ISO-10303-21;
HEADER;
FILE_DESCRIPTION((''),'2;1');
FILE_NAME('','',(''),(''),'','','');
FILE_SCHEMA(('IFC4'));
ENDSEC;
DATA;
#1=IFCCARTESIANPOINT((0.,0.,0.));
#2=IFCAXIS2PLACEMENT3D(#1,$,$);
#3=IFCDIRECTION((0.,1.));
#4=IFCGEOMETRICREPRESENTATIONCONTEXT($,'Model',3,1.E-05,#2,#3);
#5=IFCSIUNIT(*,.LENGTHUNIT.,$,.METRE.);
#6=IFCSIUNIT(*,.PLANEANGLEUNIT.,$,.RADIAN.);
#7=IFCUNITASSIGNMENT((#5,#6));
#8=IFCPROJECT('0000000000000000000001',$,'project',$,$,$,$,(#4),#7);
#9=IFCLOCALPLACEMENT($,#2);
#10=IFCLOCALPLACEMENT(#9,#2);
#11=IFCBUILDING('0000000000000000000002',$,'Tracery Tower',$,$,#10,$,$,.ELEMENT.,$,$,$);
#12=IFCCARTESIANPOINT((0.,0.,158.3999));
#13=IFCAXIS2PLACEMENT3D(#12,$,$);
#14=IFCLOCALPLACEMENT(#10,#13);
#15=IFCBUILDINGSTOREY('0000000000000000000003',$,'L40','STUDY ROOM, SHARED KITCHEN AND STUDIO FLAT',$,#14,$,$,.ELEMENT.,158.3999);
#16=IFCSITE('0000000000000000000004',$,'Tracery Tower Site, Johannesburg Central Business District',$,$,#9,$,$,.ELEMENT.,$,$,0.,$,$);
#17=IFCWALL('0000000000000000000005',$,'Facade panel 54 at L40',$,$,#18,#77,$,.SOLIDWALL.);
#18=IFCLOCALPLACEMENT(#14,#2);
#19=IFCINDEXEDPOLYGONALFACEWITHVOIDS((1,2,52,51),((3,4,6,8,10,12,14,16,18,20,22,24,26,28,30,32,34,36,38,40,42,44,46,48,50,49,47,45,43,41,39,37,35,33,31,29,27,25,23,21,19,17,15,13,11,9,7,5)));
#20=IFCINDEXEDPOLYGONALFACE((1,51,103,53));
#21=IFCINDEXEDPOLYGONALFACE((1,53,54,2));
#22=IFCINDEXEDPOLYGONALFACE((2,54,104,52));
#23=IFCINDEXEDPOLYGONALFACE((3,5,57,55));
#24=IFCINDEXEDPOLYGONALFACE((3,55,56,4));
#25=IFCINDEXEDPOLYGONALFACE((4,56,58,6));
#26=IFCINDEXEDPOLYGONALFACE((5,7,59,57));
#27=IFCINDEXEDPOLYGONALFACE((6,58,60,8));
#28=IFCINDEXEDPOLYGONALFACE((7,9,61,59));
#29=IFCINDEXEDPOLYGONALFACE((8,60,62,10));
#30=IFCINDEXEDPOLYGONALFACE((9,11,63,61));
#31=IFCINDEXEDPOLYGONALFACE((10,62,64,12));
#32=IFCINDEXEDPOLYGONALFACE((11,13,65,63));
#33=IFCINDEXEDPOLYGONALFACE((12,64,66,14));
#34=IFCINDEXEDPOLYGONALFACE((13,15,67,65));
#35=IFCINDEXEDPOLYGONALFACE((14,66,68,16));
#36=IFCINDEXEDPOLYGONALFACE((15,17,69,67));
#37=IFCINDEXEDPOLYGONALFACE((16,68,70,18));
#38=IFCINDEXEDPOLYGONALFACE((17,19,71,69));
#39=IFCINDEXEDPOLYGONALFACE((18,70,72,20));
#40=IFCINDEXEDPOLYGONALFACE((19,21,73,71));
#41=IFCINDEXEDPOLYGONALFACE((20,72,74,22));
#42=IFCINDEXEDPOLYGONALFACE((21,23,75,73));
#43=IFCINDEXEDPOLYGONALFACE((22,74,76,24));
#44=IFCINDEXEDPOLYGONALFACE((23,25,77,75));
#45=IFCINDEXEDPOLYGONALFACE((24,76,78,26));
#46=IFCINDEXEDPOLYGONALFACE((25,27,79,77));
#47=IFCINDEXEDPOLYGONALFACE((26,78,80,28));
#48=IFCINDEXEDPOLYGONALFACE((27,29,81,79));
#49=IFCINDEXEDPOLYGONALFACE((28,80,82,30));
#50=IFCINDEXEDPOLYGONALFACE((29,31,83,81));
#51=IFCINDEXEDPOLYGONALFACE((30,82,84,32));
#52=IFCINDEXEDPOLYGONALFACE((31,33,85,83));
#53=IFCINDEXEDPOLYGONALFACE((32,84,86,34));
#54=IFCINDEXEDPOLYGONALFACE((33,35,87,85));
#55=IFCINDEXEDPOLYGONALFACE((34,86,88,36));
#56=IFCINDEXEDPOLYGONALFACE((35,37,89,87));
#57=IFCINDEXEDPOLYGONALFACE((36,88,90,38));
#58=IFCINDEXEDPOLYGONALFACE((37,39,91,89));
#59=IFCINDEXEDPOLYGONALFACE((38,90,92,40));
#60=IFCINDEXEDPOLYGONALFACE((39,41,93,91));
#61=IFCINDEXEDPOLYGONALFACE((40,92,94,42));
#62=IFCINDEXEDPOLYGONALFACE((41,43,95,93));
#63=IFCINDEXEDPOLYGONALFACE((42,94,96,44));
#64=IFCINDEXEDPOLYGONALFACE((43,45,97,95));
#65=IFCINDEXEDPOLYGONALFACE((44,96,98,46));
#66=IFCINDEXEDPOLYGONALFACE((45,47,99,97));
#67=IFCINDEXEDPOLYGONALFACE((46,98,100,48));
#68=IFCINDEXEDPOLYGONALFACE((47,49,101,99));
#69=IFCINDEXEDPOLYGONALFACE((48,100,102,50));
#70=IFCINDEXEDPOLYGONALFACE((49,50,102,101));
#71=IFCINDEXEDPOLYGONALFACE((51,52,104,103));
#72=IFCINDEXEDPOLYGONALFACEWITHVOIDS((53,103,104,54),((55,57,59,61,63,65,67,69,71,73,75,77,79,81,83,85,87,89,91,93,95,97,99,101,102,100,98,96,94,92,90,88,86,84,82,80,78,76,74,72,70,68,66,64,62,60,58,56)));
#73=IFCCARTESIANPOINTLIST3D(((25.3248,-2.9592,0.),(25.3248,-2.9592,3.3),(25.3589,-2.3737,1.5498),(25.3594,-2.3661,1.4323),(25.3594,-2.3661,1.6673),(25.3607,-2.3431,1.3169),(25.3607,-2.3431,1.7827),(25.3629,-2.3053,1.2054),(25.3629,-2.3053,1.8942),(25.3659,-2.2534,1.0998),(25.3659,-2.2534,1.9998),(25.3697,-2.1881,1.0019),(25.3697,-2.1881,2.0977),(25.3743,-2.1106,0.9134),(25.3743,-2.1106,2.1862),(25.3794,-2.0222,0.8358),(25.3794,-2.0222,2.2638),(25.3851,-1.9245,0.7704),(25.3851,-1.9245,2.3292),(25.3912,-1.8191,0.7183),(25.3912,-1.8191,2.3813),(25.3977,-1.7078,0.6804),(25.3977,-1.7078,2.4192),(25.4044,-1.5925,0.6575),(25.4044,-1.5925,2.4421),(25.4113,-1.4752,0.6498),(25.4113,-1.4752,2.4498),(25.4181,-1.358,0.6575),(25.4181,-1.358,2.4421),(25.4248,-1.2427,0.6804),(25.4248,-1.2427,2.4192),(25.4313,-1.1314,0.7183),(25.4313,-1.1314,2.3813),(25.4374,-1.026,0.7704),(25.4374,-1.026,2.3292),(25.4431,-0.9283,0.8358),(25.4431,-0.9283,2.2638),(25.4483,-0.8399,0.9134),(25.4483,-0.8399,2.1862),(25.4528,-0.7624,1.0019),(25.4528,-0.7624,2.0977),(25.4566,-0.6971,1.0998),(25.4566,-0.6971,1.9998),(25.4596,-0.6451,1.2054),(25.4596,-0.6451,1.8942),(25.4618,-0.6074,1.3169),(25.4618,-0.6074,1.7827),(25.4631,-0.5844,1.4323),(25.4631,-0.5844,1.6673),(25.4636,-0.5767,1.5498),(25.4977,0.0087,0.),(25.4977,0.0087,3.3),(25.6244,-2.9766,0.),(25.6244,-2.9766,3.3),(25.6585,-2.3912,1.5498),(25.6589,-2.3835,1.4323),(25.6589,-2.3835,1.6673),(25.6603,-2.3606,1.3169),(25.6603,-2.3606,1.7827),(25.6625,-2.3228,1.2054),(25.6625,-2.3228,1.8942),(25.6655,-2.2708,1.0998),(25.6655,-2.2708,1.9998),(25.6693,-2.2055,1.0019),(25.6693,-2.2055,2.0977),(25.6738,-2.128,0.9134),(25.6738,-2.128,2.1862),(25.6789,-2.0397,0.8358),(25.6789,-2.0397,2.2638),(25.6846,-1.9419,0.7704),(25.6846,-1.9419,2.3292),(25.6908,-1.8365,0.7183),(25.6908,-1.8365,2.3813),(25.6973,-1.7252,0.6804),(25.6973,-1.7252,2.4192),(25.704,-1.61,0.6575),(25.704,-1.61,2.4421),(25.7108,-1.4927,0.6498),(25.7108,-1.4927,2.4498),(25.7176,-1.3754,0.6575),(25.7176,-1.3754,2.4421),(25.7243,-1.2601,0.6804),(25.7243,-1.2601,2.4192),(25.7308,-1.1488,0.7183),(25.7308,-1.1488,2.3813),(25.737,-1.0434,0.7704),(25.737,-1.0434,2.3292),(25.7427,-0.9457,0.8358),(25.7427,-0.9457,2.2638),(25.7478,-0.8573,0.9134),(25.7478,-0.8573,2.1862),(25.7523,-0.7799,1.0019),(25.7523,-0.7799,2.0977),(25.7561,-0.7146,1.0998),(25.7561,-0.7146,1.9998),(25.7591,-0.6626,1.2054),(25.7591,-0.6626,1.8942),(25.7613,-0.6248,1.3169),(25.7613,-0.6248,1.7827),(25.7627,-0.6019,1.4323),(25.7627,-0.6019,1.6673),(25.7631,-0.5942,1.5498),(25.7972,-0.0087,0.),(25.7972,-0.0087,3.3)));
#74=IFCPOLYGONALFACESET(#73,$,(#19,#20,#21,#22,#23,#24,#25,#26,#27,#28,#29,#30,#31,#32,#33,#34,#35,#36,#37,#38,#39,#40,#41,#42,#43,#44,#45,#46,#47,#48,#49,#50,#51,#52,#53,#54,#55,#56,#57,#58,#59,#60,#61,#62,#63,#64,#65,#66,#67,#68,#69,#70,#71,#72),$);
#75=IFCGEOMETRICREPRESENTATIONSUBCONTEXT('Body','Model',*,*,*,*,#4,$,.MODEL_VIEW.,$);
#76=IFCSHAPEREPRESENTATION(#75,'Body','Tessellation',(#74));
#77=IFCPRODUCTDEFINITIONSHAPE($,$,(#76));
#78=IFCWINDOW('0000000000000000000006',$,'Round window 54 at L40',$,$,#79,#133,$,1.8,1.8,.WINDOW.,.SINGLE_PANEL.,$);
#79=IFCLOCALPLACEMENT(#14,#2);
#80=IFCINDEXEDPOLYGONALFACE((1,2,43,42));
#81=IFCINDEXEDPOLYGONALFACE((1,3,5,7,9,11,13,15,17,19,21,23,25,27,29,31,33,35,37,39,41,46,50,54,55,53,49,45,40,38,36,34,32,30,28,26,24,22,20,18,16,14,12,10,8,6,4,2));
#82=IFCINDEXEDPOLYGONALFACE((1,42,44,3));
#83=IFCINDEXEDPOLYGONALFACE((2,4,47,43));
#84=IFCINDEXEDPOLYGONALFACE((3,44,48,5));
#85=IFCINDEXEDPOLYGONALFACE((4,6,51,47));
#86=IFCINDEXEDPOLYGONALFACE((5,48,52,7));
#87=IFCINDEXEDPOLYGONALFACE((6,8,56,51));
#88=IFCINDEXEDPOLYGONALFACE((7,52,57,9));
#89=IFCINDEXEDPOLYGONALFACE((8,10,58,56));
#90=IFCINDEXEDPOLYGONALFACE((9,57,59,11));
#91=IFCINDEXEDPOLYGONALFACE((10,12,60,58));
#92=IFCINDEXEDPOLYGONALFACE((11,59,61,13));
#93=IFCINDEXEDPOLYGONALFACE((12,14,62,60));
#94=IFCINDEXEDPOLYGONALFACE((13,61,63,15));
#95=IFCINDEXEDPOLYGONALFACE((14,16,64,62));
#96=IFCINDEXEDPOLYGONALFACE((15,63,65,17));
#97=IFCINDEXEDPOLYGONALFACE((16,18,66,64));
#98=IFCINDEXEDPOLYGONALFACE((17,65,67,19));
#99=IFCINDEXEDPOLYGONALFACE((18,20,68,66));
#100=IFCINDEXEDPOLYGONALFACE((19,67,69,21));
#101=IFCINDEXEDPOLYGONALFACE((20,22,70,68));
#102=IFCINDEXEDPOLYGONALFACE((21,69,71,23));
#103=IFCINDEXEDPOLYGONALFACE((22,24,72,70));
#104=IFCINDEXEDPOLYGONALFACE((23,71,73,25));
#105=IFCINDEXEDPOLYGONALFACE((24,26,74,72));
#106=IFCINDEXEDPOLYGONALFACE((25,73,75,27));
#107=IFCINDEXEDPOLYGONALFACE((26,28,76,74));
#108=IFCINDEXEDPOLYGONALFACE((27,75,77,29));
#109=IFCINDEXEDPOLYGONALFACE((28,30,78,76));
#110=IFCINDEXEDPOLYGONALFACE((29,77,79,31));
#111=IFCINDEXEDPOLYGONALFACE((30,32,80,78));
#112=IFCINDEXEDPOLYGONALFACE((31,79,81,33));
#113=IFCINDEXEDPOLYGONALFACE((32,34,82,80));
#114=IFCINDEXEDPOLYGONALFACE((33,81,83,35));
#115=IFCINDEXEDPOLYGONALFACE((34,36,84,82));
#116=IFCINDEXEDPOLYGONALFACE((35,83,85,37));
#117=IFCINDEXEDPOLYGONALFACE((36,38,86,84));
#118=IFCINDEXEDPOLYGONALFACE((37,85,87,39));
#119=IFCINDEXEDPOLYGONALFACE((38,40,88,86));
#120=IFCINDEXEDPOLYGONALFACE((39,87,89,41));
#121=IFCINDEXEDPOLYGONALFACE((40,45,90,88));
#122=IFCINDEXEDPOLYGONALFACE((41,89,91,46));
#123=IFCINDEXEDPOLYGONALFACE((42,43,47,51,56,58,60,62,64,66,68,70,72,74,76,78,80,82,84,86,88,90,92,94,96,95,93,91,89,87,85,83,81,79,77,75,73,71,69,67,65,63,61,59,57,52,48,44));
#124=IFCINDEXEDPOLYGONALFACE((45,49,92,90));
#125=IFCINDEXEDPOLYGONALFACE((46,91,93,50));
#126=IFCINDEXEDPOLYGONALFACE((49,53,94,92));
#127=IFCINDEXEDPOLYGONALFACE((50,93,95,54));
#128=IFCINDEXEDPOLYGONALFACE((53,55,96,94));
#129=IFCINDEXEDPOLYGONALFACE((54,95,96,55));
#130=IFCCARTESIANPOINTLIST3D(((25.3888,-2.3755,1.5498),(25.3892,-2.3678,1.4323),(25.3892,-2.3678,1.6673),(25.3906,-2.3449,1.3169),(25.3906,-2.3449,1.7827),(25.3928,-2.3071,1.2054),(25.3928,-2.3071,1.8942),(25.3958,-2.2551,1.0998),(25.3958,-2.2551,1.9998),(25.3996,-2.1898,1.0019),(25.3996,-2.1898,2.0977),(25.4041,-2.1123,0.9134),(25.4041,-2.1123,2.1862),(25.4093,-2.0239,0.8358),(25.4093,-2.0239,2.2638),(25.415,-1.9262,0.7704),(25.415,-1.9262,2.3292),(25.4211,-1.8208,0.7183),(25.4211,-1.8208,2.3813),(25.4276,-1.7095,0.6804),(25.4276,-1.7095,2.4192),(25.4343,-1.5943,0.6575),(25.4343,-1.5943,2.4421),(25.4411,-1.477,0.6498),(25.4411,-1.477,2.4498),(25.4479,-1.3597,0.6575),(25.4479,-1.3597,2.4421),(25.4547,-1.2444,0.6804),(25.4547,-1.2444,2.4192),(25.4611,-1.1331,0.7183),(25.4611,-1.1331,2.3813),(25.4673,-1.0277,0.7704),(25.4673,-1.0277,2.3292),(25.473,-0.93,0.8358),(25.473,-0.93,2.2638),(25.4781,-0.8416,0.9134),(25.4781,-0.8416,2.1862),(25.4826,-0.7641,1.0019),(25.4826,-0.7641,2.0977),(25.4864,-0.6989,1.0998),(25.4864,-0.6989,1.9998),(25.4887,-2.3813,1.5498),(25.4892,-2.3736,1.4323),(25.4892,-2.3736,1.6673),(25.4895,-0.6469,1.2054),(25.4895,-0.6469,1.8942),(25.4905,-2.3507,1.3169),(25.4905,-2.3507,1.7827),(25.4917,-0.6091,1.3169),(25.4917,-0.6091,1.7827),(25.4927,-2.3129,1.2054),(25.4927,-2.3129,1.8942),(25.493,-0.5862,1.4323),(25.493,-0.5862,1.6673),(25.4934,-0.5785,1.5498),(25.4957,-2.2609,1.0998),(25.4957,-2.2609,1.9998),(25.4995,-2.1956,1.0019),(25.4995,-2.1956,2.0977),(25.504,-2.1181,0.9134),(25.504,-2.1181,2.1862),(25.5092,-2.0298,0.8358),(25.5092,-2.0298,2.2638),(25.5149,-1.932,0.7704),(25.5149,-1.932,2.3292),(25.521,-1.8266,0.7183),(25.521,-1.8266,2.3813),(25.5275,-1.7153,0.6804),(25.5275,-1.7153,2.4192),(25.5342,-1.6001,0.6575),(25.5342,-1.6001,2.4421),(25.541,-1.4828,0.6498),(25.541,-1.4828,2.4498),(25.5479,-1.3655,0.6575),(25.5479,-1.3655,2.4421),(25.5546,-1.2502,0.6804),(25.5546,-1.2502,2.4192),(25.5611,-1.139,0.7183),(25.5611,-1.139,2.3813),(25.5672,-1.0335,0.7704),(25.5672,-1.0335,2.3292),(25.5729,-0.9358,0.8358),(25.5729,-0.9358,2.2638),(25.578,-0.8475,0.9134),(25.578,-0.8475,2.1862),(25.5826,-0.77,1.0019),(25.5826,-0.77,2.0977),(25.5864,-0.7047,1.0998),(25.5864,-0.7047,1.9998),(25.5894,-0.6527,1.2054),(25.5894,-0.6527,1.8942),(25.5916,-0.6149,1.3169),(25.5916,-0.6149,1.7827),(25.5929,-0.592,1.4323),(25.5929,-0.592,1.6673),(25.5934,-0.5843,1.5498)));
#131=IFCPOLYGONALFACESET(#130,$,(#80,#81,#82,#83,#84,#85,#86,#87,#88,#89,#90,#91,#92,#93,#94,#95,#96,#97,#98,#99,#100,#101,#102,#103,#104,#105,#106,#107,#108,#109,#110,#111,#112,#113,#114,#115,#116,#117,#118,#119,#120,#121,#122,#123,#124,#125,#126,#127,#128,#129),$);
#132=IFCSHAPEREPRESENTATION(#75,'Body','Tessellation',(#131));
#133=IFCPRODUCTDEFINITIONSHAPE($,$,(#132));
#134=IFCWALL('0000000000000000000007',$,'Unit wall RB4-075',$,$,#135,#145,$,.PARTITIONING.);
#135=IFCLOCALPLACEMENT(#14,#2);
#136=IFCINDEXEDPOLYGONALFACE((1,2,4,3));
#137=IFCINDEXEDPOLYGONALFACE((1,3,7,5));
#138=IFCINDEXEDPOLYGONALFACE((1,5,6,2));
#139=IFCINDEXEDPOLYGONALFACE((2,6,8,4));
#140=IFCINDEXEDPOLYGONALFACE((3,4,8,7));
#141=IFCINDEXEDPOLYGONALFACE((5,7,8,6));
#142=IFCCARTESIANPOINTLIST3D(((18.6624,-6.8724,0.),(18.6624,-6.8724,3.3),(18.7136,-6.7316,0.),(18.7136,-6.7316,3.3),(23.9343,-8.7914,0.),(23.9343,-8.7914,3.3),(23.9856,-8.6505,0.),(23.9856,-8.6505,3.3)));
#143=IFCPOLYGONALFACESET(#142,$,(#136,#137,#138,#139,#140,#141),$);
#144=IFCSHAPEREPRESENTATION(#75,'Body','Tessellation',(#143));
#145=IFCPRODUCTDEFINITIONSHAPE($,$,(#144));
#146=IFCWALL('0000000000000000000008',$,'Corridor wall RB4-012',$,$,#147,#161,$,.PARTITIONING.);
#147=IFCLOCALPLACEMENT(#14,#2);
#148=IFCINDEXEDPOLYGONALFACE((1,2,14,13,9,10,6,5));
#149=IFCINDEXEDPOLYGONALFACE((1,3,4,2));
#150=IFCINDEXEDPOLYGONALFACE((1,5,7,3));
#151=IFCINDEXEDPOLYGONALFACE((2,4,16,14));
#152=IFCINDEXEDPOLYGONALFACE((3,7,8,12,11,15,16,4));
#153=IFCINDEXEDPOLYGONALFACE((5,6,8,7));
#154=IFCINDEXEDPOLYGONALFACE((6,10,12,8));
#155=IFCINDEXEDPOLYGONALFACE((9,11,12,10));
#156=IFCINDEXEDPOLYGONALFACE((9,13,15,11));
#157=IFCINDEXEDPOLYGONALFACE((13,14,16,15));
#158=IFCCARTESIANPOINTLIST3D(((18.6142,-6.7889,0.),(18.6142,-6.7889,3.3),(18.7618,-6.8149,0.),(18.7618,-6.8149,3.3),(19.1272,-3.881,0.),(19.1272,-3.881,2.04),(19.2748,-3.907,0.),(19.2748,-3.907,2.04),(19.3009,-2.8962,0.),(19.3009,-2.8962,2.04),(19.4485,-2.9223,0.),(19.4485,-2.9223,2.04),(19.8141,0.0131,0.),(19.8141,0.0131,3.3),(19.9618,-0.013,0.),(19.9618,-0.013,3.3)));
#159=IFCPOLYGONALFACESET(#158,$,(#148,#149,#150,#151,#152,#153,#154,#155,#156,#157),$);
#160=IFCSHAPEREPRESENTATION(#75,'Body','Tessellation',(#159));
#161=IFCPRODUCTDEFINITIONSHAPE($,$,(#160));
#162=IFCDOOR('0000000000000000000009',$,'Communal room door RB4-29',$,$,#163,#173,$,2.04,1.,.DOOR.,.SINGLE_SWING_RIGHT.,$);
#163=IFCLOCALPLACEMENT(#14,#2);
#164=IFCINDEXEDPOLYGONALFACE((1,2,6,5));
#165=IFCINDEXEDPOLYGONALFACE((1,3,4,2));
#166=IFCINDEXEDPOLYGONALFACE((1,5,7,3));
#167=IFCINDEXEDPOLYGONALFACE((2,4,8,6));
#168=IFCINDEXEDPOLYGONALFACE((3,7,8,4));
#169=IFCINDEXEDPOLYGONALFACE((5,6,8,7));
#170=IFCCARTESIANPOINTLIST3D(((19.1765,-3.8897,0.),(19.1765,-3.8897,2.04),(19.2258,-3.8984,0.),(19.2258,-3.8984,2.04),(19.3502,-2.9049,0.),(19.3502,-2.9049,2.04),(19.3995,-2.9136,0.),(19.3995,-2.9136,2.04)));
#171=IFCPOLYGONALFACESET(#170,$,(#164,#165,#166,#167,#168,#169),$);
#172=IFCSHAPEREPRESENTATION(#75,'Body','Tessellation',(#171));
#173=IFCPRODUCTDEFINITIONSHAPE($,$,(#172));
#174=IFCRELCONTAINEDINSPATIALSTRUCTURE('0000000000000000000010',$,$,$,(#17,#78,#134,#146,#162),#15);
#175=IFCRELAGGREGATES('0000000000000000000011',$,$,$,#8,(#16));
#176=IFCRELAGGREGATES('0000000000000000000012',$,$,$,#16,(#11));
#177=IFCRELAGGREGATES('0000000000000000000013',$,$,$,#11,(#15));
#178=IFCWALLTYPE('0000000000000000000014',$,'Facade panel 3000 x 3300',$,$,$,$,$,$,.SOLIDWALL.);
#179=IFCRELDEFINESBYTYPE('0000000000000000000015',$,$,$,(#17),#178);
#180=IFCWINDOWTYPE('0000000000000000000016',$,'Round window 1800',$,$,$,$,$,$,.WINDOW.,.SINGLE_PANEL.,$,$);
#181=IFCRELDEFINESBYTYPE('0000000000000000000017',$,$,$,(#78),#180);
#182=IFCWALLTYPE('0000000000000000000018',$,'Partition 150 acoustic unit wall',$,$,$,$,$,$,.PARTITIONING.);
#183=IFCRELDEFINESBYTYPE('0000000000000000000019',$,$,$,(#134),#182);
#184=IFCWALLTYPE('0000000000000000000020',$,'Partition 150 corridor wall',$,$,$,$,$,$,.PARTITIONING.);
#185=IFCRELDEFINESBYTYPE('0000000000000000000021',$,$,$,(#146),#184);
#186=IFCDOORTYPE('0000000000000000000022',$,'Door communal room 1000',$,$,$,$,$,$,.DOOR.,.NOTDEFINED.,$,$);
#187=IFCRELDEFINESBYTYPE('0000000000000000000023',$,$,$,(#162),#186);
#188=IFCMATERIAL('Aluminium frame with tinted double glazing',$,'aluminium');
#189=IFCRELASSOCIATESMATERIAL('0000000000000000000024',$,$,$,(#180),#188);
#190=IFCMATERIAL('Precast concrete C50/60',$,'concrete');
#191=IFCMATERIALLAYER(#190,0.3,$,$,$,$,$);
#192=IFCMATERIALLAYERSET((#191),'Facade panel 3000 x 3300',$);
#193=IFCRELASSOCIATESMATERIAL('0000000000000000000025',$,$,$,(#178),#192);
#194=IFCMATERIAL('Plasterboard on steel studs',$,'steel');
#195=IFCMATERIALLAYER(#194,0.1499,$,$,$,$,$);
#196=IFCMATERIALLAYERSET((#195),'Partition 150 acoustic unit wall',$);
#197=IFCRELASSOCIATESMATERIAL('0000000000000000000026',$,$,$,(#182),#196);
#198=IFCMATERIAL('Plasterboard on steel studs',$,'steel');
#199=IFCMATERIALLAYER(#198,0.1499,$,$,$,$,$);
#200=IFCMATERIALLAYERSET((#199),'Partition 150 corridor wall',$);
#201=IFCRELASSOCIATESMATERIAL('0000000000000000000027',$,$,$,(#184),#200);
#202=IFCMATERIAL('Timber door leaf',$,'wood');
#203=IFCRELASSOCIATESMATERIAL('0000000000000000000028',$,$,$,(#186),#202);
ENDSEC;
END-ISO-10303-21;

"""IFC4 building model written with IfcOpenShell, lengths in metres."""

from ifc_helpers import new_model, si_unit, direction, frame, frame_2d, origin, origin_2d, place, context, subcontext, project, spatial, rectangle, circle, extrude, material, layer, layer_set, type_object, element, fill, save


model = new_model("IFC4")

# Units and contexts
model_context = context("Model", 3, precision=1e-05, world=origin(), true_north=direction((0.0, 1.0)))
body_context = subcontext(model_context, "Body", "Model", "MODEL_VIEW")
ifc_project = project(units=[si_unit("LENGTHUNIT", "METRE"), si_unit("PLANEANGLEUNIT", "RADIAN")], contexts=[model_context])

# Site, building, storey
site_placement = place(None, origin())
site = spatial("IfcSite", under=ifc_project, at=site_placement, Name="Tracery Tower Site, Johannesburg Central Business District", CompositionType="ELEMENT", RefElevation=0.0)
building_placement = place(site_placement, origin())
building = spatial("IfcBuilding", under=site, at=building_placement, Name="Tracery Tower", CompositionType="ELEMENT")
storey_placement = place(building_placement, frame((0.0, 0.0, 158.3999)))
storey = spatial("IfcBuildingStorey", under=building, at=storey_placement, Name="L40", Description="STUDY ROOM, SHARED KITCHEN AND STUDIO FLAT", CompositionType="ELEMENT", Elevation=158.3999)

# Wall, opening, window
ifc_material_1 = material(Name="Aluminium frame with tinted double glazing", Category="aluminium")
window_type = type_object("IfcWindowType", Name="Round window 1800", PartitioningType="SINGLE_PANEL", PredefinedType="WINDOW", material=ifc_material_1)
ifc_material_2 = material(Name="Precast concrete C50/60", Category="concrete")
ifc_layer_1 = layer(ifc_material_2, 0.3)
ifc_layer_set_1 = layer_set([ifc_layer_1], Name="Facade panel 3000 x 3300")
wall_type_1 = type_object("IfcWallType", Name="Facade panel 3000 x 3300", PredefinedType="SOLIDWALL", material=ifc_layer_set_1)
wall_1_placement = place(storey_placement, frame((25.4746, -2.9678, 0.0), z_axis=(0.0, 0.0, 1.0), x_axis=(0.058144, 0.998308, 0.0)))
wall_1 = element("IfcWall", 1, at=wall_1_placement, inside=storey, type_object=wall_type_1, Name="Facade panel 54 at L40", PredefinedType="SOLIDWALL", context=body_context, shape_type="SweptSolid", body=[
    extrude(rectangle(XDim=2.9729, YDim=0.3, at=frame_2d((1.4863, 0.0))), origin(), (0.0, 0.0, 1.0), 3.3),
])
opening_1_placement = place(wall_1_placement, frame((1.4863, 0.0, 1.5498)))
opening_1 = element("IfcOpeningElement", 2, at=opening_1_placement, cuts=wall_1, PredefinedType="OPENING", context=body_context, shape_type="SweptSolid", body=[
    extrude(circle(Radius=0.9, at=origin_2d()), frame((0.0, 0.1599, 0.0), z_axis=(0.0, -1.0, 0.0), x_axis=(1.0, 0.0, 0.0)), (0.0, 0.0, 1.0), 0.3201),
])
window_1_placement = place(opening_1_placement, origin())
window_1 = element("IfcWindow", 3, at=window_1_placement, inside=storey, type_object=window_type, Name="Round window 54 at L40", OverallHeight=1.8, OverallWidth=1.8, PartitioningType="SINGLE_PANEL", PredefinedType="WINDOW", context=body_context, shape_type="SweptSolid", body=[
    extrude(circle(Radius=0.9, at=origin_2d()), frame((0.0, 0.1201, 0.0), z_axis=(0.0, -1.0, 0.0), x_axis=(1.0, 0.0, 0.0)), (0.0, 0.0, 1.0), 0.1001),
])
fill(opening_1, window_1)

# Wall
ifc_material_3 = material(Name="Plasterboard on steel studs", Category="steel")
ifc_layer_2 = layer(ifc_material_3, 0.1499)
ifc_layer_set_2 = layer_set([ifc_layer_2], Name="Partition 150 acoustic unit wall")
wall_type_2 = type_object("IfcWallType", Name="Partition 150 acoustic unit wall", PredefinedType="PARTITIONING", material=ifc_layer_set_2)
wall_2_placement = place(storey_placement, frame((18.688, -6.802, 0.0), z_axis=(0.0, 0.0, 1.0), x_axis=(0.939687, -0.342037, 0.0)))
element("IfcWall", 4, at=wall_2_placement, inside=storey, type_object=wall_type_2, Name="Unit wall RB4-075", PredefinedType="PARTITIONING", context=body_context, shape_type="SweptSolid", body=[
    extrude(rectangle(XDim=5.6104, YDim=0.1499, at=frame_2d((2.8052, 0.0))), origin(), (0.0, 0.0, 1.0), 3.3),
])

# Wall, opening, door
ifc_material_4 = material(Name="Plasterboard on steel studs", Category="steel")
ifc_layer_3 = layer(ifc_material_4, 0.1499)
ifc_layer_set_3 = layer_set([ifc_layer_3], Name="Partition 150 corridor wall")
wall_type_3 = type_object("IfcWallType", Name="Partition 150 corridor wall", PredefinedType="PARTITIONING", material=ifc_layer_set_3)
wall_3_placement = place(storey_placement, frame((18.688, -6.802, 0.0), z_axis=(0.0, 0.0, 1.0), x_axis=(0.173729, 0.984794, 0.0)))
wall_3 = element("IfcWall", 5, at=wall_3_placement, inside=storey, type_object=wall_type_3, Name="Corridor wall RB4-012", PredefinedType="PARTITIONING", context=body_context, shape_type="SweptSolid", body=[
    extrude(rectangle(XDim=6.907, YDim=0.1499, at=frame_2d((3.4536, 0.0))), origin(), (0.0, 0.0, 1.0), 3.3),
])
opening_2_placement = place(wall_3_placement, frame((2.9529, 0.0, 0.0)))
opening_2 = element("IfcOpeningElement", 6, at=opening_2_placement, cuts=wall_3, PredefinedType="OPENING", context=body_context, shape_type="SweptSolid", body=[
    extrude(rectangle(XDim=1.0, YDim=2.04, at=frame_2d((0.5, 1.02))), frame((0.0, 0.075, 0.0), z_axis=(0.0, -1.0, 0.0), x_axis=(1.0, 0.0, 0.0)), (0.0, 0.0, 1.0), 0.1499),
])
ifc_material_5 = material(Name="Timber door leaf", Category="wood")
door_type_1 = type_object("IfcDoorType", Name="Door communal room 1000", OperationType="NOTDEFINED", PredefinedType="DOOR", material=ifc_material_5)
door_1_placement = place(opening_2_placement, origin())
door_1 = element("IfcDoor", 7, at=door_1_placement, inside=storey, type_object=door_type_1, Name="Communal room door RB4-29", OperationType="SINGLE_SWING_RIGHT", OverallHeight=2.04, OverallWidth=1.0, PredefinedType="DOOR", context=body_context, shape_type="SweptSolid", body=[
    extrude(rectangle(XDim=1.0, YDim=2.04, at=frame_2d((0.5, 1.02))), frame((0.0, 0.0249, 0.0), z_axis=(0.0, -1.0, 0.0), x_axis=(1.0, 0.0, 0.0)), (0.0, 0.0, 1.0), 0.05),
])
fill(opening_2, door_1)

save(model, "model.ifc")
